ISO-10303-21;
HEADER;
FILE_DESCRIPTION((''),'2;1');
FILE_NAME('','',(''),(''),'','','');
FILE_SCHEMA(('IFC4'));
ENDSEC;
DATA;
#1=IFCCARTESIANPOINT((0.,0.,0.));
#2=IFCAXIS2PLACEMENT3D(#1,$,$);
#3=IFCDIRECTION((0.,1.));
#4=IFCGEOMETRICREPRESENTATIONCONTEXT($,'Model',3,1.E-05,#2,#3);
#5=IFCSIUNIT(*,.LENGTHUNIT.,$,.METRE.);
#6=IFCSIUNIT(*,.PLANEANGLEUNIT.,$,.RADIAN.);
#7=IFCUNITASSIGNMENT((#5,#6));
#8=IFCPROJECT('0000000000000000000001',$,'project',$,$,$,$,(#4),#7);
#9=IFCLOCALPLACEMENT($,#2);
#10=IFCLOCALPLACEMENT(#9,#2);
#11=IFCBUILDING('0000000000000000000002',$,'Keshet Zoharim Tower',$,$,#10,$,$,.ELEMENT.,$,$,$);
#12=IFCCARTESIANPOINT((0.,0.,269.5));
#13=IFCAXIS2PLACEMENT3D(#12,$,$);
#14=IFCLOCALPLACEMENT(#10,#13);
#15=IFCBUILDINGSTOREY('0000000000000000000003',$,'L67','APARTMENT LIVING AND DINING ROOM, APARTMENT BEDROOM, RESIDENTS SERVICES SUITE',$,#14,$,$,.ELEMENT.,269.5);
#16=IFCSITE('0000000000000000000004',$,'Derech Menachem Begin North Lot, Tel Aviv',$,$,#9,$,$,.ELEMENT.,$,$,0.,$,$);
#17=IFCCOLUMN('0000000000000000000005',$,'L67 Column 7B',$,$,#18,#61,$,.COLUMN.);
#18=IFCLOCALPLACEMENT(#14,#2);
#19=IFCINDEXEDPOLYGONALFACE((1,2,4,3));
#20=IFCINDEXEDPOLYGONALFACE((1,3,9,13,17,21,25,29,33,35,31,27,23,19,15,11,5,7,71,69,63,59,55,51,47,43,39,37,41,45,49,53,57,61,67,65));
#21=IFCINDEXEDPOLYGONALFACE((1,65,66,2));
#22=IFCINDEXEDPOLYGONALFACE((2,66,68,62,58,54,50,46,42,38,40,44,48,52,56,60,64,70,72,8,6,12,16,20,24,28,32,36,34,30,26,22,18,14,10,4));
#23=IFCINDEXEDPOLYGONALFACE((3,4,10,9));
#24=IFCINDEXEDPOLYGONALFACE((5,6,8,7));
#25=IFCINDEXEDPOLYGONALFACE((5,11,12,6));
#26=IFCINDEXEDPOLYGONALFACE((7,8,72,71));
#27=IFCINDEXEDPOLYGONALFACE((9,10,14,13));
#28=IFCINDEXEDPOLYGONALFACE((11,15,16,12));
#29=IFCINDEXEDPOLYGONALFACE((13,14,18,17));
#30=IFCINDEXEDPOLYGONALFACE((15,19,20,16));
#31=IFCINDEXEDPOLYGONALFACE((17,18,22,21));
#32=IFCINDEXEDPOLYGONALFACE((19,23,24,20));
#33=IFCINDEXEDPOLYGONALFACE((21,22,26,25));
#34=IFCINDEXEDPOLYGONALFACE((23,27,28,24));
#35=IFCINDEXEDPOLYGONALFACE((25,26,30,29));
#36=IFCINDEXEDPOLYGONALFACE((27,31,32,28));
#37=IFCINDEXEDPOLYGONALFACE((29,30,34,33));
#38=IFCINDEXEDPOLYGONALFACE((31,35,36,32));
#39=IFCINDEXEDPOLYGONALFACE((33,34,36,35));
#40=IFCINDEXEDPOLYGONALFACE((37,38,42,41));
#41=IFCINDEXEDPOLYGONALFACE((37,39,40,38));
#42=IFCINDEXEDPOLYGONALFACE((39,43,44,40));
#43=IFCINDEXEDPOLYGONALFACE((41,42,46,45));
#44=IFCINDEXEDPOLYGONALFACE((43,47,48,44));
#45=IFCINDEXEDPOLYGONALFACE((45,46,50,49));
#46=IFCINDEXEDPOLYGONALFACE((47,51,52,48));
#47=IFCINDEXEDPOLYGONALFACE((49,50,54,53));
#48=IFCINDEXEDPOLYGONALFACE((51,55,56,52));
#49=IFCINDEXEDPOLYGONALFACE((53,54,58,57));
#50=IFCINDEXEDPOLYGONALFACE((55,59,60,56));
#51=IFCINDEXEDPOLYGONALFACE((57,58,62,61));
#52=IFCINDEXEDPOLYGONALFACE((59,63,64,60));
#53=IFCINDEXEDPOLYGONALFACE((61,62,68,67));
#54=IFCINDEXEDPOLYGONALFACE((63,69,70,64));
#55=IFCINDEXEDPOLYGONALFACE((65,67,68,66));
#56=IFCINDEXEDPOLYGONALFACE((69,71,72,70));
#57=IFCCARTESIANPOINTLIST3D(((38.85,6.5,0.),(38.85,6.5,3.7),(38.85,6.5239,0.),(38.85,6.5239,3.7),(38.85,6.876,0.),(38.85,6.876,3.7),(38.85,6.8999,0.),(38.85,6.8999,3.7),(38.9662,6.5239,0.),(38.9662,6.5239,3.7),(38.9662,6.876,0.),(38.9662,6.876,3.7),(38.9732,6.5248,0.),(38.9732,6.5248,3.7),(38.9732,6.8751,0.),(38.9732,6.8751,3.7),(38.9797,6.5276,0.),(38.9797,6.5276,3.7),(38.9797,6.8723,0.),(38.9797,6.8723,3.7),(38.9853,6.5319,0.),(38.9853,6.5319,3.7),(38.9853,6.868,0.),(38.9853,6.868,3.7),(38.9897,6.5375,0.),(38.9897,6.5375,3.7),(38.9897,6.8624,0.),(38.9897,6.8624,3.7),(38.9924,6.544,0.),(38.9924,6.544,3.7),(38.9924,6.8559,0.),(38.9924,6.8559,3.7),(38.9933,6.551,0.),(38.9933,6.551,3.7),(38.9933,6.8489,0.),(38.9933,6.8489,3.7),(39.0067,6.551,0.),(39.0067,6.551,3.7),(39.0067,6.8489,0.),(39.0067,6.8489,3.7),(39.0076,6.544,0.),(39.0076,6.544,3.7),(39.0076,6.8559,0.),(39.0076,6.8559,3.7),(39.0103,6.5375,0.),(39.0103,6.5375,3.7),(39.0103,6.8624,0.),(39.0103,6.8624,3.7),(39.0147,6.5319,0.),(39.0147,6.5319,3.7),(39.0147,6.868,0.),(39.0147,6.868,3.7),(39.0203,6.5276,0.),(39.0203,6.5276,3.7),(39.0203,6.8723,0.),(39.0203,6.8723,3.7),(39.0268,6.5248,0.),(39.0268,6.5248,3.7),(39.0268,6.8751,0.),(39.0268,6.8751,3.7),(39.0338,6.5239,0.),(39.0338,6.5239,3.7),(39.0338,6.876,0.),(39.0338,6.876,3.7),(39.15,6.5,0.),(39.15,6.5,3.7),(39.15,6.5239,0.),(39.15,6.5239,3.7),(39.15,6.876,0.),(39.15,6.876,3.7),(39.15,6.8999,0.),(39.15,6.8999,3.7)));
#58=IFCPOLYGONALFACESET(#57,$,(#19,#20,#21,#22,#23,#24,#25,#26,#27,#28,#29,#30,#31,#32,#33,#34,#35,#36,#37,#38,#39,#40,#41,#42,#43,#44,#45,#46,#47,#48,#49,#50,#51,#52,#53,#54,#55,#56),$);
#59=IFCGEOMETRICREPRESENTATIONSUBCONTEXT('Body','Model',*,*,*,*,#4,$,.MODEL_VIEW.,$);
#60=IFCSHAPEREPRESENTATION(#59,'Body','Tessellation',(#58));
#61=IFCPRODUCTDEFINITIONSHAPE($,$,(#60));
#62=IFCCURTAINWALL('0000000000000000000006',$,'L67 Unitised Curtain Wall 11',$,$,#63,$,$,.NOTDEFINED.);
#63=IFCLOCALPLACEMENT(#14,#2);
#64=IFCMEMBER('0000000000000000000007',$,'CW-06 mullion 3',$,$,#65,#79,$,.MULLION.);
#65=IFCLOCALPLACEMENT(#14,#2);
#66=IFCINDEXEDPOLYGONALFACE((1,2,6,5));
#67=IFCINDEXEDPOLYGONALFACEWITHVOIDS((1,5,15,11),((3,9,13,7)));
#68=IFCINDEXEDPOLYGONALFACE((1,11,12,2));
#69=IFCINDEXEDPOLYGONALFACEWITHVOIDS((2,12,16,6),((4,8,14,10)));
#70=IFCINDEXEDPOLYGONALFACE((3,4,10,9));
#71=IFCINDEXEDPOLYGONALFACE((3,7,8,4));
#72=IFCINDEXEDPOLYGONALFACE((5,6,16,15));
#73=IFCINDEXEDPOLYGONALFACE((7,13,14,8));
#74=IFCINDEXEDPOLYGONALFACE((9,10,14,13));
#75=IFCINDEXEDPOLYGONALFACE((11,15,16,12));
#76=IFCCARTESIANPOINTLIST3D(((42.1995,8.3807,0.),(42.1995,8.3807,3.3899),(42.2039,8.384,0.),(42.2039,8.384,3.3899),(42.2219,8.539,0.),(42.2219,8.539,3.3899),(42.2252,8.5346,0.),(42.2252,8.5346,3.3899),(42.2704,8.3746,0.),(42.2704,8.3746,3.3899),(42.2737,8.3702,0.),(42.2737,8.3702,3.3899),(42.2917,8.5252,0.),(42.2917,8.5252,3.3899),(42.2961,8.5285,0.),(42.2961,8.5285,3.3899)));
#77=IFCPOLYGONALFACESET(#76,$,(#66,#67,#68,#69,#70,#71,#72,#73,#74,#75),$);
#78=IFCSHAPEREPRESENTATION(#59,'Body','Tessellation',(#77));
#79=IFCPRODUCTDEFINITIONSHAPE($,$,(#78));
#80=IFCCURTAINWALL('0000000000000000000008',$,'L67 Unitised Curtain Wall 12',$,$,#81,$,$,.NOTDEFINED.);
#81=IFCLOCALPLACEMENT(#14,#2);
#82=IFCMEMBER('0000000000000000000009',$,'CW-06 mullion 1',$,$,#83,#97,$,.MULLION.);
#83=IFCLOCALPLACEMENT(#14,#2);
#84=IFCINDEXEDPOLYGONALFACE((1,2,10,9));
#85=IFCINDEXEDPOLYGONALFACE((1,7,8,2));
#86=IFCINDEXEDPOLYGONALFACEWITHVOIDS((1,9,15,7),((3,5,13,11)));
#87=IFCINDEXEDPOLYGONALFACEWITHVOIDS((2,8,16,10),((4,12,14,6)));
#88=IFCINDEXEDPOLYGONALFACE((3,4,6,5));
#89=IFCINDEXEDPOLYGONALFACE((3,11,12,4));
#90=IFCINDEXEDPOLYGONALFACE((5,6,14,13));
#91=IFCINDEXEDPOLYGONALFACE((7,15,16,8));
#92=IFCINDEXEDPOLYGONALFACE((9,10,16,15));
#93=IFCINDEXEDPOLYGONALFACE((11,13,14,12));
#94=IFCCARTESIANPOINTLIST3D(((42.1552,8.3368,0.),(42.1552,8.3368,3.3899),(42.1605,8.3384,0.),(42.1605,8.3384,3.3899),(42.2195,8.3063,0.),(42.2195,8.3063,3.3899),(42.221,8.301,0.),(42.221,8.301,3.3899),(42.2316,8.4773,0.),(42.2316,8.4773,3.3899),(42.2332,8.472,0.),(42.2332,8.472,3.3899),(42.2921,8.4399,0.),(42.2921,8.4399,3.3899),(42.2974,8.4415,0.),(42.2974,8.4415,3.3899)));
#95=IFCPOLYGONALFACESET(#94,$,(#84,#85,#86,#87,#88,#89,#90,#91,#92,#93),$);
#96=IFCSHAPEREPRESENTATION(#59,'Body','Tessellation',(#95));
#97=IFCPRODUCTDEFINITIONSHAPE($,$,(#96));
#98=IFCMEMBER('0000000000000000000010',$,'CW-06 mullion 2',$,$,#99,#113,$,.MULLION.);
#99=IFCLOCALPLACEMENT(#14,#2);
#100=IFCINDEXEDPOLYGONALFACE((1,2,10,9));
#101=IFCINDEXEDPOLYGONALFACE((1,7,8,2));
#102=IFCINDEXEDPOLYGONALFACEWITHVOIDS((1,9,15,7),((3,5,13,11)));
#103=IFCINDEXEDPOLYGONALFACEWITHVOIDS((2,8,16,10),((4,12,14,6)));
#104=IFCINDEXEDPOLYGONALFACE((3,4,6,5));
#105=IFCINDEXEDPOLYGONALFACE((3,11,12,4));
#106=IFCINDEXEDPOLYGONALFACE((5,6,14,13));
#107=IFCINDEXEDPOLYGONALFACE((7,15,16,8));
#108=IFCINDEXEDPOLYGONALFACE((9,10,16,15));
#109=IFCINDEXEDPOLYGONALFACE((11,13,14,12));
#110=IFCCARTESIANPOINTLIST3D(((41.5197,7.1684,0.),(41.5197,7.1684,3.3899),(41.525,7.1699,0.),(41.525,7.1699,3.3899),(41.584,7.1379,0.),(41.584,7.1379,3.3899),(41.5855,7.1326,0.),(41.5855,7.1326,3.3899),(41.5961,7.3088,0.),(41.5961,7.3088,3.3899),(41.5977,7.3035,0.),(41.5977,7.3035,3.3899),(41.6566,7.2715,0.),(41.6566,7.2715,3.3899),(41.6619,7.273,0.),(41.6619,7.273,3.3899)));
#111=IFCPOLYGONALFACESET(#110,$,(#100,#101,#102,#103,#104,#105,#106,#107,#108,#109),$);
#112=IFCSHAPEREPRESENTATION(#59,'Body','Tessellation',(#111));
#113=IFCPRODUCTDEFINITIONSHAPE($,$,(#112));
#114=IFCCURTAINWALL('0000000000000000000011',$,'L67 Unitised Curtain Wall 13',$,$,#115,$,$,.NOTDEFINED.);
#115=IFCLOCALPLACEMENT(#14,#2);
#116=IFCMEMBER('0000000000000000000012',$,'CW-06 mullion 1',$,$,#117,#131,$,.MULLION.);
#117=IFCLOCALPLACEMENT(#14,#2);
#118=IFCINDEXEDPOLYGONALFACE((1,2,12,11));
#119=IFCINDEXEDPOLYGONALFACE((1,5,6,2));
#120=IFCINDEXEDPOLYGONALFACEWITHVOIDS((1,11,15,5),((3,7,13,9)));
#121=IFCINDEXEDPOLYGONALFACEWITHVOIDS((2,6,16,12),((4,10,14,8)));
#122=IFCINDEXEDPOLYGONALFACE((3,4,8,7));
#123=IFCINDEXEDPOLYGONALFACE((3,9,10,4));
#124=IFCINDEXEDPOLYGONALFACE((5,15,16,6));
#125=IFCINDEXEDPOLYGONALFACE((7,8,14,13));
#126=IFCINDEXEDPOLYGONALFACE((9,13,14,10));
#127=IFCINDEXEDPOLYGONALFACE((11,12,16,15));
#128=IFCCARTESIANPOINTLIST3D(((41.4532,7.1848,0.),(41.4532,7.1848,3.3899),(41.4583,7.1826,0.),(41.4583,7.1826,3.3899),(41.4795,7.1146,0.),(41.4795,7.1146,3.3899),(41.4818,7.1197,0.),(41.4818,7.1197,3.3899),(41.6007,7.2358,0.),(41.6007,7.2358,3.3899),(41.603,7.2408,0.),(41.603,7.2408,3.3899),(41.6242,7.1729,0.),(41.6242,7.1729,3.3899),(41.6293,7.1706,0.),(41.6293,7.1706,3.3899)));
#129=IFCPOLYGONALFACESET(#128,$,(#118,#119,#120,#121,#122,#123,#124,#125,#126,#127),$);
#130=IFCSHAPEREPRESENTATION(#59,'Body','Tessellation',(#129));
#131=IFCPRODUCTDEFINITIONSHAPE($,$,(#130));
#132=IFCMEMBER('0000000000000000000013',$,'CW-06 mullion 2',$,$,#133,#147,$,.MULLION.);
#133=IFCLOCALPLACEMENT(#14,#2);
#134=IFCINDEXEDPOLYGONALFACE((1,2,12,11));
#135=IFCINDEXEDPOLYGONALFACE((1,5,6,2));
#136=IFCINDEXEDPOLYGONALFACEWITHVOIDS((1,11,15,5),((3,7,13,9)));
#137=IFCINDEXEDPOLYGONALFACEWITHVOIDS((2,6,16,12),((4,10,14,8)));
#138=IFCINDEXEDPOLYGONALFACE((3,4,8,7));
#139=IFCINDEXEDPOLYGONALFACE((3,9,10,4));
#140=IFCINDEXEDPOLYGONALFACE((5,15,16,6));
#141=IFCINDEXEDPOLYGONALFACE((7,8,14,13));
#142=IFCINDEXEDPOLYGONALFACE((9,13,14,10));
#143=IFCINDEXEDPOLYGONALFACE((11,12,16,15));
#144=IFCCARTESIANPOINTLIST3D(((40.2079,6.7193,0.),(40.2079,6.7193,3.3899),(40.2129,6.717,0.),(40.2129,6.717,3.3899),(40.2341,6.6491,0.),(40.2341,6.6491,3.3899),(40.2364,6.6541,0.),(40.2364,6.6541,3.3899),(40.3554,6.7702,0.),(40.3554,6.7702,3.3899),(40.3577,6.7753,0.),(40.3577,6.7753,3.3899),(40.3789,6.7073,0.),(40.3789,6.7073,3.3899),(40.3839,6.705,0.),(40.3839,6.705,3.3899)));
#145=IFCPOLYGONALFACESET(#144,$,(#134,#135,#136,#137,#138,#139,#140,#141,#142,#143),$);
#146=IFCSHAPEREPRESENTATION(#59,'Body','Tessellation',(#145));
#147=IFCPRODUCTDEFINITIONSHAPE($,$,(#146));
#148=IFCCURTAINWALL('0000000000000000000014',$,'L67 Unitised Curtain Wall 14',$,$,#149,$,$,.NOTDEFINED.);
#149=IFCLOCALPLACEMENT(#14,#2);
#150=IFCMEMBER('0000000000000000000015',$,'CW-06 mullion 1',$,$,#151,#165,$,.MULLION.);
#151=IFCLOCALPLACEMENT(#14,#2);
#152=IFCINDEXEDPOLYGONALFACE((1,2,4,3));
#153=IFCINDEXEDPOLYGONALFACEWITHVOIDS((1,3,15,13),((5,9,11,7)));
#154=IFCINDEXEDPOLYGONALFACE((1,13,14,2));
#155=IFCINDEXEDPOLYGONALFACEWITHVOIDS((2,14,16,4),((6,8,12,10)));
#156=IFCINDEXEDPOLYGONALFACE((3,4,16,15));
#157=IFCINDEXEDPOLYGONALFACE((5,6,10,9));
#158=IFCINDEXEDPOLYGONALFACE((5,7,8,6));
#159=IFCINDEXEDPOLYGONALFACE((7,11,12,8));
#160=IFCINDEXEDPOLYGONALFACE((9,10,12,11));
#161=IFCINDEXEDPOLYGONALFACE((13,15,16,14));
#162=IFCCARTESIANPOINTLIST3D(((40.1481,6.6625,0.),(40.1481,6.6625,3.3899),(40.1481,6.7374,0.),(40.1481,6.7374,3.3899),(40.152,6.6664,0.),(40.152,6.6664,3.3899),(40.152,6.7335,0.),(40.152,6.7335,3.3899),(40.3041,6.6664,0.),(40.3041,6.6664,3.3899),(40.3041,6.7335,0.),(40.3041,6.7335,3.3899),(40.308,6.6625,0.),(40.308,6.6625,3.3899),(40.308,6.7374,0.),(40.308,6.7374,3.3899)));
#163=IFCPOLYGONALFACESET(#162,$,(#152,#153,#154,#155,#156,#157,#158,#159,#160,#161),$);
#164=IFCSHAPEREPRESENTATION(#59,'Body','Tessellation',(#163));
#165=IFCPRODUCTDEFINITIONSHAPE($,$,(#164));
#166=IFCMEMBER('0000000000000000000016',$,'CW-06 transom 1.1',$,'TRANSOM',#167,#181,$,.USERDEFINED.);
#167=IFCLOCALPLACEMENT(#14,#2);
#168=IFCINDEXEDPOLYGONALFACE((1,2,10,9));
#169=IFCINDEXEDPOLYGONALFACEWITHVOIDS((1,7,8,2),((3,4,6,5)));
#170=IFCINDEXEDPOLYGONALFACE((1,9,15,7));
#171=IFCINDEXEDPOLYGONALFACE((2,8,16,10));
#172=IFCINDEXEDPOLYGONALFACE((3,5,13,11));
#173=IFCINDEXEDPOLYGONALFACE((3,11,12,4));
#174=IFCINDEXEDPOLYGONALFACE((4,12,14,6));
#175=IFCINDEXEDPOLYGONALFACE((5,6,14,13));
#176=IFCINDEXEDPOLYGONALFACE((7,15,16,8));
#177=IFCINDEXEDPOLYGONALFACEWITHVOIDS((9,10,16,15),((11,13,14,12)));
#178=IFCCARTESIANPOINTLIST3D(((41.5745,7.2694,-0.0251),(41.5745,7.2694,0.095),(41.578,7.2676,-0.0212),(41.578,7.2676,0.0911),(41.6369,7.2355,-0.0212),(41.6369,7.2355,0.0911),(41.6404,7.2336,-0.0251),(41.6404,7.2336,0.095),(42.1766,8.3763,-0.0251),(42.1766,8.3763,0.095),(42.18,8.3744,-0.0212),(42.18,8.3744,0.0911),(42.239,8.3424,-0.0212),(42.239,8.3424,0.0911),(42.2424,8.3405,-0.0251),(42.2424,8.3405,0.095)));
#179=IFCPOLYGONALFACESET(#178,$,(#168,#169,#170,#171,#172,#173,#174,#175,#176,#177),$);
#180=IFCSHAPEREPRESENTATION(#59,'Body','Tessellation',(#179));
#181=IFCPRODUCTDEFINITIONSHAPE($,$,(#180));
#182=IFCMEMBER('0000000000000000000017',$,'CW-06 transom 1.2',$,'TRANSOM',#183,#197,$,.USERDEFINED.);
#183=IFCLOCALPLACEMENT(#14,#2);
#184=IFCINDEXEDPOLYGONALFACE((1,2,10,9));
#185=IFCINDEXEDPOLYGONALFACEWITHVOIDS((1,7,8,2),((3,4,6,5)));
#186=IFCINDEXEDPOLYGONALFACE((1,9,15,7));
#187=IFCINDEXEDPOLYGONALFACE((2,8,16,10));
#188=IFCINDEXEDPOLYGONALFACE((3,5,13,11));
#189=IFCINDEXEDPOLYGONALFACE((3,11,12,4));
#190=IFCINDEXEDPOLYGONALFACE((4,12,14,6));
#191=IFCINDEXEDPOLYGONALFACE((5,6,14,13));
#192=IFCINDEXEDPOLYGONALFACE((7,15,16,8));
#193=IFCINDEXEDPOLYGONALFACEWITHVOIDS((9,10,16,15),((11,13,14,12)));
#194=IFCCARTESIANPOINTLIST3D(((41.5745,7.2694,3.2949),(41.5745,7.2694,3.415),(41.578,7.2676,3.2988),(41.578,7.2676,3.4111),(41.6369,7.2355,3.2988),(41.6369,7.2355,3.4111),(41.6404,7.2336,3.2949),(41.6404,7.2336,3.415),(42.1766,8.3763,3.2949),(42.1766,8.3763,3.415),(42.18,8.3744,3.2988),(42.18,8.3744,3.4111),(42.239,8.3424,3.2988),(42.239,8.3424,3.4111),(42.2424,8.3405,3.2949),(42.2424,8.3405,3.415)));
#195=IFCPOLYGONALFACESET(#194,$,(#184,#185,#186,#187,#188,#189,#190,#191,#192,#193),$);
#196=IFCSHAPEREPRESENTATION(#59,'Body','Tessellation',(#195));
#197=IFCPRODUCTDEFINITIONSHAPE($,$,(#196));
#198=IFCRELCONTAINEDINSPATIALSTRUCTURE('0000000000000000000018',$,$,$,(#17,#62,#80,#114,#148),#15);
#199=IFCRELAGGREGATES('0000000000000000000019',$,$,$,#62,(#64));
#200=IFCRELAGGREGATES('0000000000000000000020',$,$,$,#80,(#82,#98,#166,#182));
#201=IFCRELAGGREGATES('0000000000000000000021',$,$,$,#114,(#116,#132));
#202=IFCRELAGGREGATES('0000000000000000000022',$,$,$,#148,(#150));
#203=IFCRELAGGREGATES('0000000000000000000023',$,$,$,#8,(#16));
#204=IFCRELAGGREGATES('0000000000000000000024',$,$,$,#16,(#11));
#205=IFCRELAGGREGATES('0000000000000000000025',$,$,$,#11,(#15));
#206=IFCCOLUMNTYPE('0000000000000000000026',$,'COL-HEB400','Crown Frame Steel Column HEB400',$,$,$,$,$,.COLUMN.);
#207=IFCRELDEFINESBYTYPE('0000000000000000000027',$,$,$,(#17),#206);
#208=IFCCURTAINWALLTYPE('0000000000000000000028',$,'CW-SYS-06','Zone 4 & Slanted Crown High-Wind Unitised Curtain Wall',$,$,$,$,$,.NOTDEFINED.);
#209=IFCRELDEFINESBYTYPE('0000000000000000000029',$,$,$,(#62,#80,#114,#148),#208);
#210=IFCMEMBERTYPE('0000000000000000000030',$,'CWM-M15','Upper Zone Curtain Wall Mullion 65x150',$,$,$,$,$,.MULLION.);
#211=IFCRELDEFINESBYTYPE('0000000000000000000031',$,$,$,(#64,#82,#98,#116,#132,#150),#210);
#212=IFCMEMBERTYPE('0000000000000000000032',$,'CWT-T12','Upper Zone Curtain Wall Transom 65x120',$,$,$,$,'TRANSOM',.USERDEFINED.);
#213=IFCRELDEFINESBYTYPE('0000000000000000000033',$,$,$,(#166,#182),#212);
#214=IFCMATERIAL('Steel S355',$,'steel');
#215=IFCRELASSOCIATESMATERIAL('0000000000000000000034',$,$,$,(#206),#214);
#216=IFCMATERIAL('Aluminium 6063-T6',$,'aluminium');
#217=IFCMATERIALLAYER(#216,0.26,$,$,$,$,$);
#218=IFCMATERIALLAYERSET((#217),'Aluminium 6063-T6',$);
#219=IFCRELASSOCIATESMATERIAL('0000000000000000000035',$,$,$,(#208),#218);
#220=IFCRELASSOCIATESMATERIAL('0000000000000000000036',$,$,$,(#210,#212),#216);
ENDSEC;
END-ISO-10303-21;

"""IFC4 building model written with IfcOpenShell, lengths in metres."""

from ifc_helpers import new_model, si_unit, direction, frame, origin, origin_2d, place, context, subcontext, project, spatial, hollow_rectangle, i_section, extrude, material, layer, layer_set, material_profile, profile_set, type_object, element, aggregate, save


model = new_model("IFC4")

# Units and contexts
model_context = context("Model", 3, precision=1e-05, world=origin(), true_north=direction((0.0, 1.0)))
body_context = subcontext(model_context, "Body", "Model", "MODEL_VIEW")
ifc_project = project(units=[si_unit("LENGTHUNIT", "METRE"), si_unit("PLANEANGLEUNIT", "RADIAN")], contexts=[model_context])

# Site, building, storey
site_placement = place(None, origin())
site = spatial("IfcSite", under=ifc_project, at=site_placement, Name="Derech Menachem Begin North Lot, Tel Aviv", CompositionType="ELEMENT", RefElevation=0.0)
building_placement = place(site_placement, origin())
building = spatial("IfcBuilding", under=site, at=building_placement, Name="Keshet Zoharim Tower", CompositionType="ELEMENT")
storey_placement = place(building_placement, frame((0.0, 0.0, 269.5)))
storey = spatial("IfcBuildingStorey", under=building, at=storey_placement, Name="L67", Description="APARTMENT LIVING AND DINING ROOM, APARTMENT BEDROOM, RESIDENTS SERVICES SUITE", CompositionType="ELEMENT", Elevation=269.5)

# Column
ifc_material_1 = material(Name="Steel S355", Category="steel")
ifc_material_profile_1 = material_profile(ifc_material_1, i_section(OverallWidth=0.3, OverallDepth=0.3999, WebThickness=0.0134, FlangeThickness=0.0239, FilletRadius=0.0271, at=origin_2d()), Name="HEB400")
ifc_profile_set_1 = profile_set([ifc_material_profile_1], Name="Steel S355")
column_type = type_object("IfcColumnType", Name="COL-HEB400", Description="Crown Frame Steel Column HEB400", PredefinedType="COLUMN", material=ifc_profile_set_1)
column_placement = place(storey_placement, frame((39.0, 6.7, 0.0), z_axis=(0.0, 0.0, 1.0), x_axis=(1.0, 0.0, 0.0)))
element("IfcColumn", 1, at=column_placement, inside=storey, type_object=column_type, Name="L67 Column 7B", PredefinedType="COLUMN", context=body_context, shape_type="SweptSolid", body=[
    extrude(i_section(OverallWidth=0.3, OverallDepth=0.3999, WebThickness=0.0134, FlangeThickness=0.0239, FilletRadius=0.0271, at=origin_2d()), origin(), (0.0, 0.0, 1.0), 3.7),
])

# Curtain wall, member
ifc_material_2 = material(Name="Aluminium 6063-T6", Category="aluminium")
ifc_layer_1 = layer(ifc_material_2, 0.26)
ifc_layer_set_1 = layer_set([ifc_layer_1], Name="Aluminium 6063-T6")
curtain_wall_type = type_object("IfcCurtainWallType", Name="CW-SYS-06", Description="Zone 4 & Slanted Crown High-Wind Unitised Curtain Wall", PredefinedType="NOTDEFINED", material=ifc_layer_set_1)
curtain_wall_1_placement = place(storey_placement, origin())
curtain_wall_1 = element("IfcCurtainWall", 2, at=curtain_wall_1_placement, inside=storey, type_object=curtain_wall_type, Name="L67 Unitised Curtain Wall 11", PredefinedType="NOTDEFINED")
ifc_material_profile_2 = material_profile(ifc_material_2, hollow_rectangle(XDim=0.075, YDim=0.1599, WallThickness=0.0039, at=origin_2d()), Name="MUL-75x160")
ifc_profile_set_2 = profile_set([ifc_material_profile_2], Name="Aluminium 6063-T6")
member_type_1 = type_object("IfcMemberType", Name="CWM-M15", Description="Upper Zone Curtain Wall Mullion 65x150", PredefinedType="MULLION", material=ifc_profile_set_2)
member_1_placement = place(storey_placement, frame((42.2478, 8.4546, 0.0), z_axis=(0.0, 0.0, 1.0), x_axis=(0.990132, -0.140137, 0.0)))
member_1 = element("IfcMember", 3, at=member_1_placement, type_object=member_type_1, Name="CW-06 mullion 3", PredefinedType="MULLION", context=body_context, shape_type="SweptSolid", body=[
    extrude(hollow_rectangle(XDim=0.075, YDim=0.1599, WallThickness=0.0039, at=origin_2d()), origin(), (0.0, 0.0, 1.0), 3.3899),
])

# Curtain walls, members
curtain_wall_2_placement = place(storey_placement, origin())
curtain_wall_2 = element("IfcCurtainWall", 4, at=curtain_wall_2_placement, inside=storey, type_object=curtain_wall_type, Name="L67 Unitised Curtain Wall 12", PredefinedType="NOTDEFINED")
member_2_placement = place(storey_placement, frame((42.2263, 8.3892, 0.0), z_axis=(0.0, 0.0, 1.0), x_axis=(0.878468, -0.477801, 0.0)))
member_2 = element("IfcMember", 5, at=member_2_placement, type_object=member_type_1, Name="CW-06 mullion 1", PredefinedType="MULLION", context=body_context, shape_type="SweptSolid", body=[
    extrude(hollow_rectangle(XDim=0.075, YDim=0.1599, WallThickness=0.0039, at=origin_2d()), origin(), (0.0, 0.0, 1.0), 3.3899),
])
member_3_placement = place(storey_placement, frame((41.5908, 7.2207, 0.0), z_axis=(0.0, 0.0, 1.0), x_axis=(0.878468, -0.477801, 0.0)))
member_3 = element("IfcMember", 6, at=member_3_placement, type_object=member_type_1, Name="CW-06 mullion 2", PredefinedType="MULLION", context=body_context, shape_type="SweptSolid", body=[
    extrude(hollow_rectangle(XDim=0.075, YDim=0.1599, WallThickness=0.0039, at=origin_2d()), origin(), (0.0, 0.0, 1.0), 3.3899),
])
curtain_wall_3_placement = place(storey_placement, origin())
curtain_wall_3 = element("IfcCurtainWall", 7, at=curtain_wall_3_placement, inside=storey, type_object=curtain_wall_type, Name="L67 Unitised Curtain Wall 13", PredefinedType="NOTDEFINED")
member_4_placement = place(storey_placement, frame((41.5413, 7.1777, 0.0), z_axis=(0.0, 0.0, 1.0), x_axis=(0.350105, -0.93671, 0.0)))
member_4 = element("IfcMember", 8, at=member_4_placement, type_object=member_type_1, Name="CW-06 mullion 1", PredefinedType="MULLION", context=body_context, shape_type="SweptSolid", body=[
    extrude(hollow_rectangle(XDim=0.075, YDim=0.1599, WallThickness=0.0039, at=origin_2d()), origin(), (0.0, 0.0, 1.0), 3.3899),
])
member_5_placement = place(storey_placement, frame((40.2959, 6.7122, 0.0), z_axis=(0.0, 0.0, 1.0), x_axis=(0.350105, -0.93671, 0.0)))
member_5 = element("IfcMember", 9, at=member_5_placement, type_object=member_type_1, Name="CW-06 mullion 2", PredefinedType="MULLION", context=body_context, shape_type="SweptSolid", body=[
    extrude(hollow_rectangle(XDim=0.075, YDim=0.1599, WallThickness=0.0039, at=origin_2d()), origin(), (0.0, 0.0, 1.0), 3.3899),
])

# Curtain wall, member
curtain_wall_4_placement = place(storey_placement, origin())
curtain_wall_4 = element("IfcCurtainWall", 10, at=curtain_wall_4_placement, inside=storey, type_object=curtain_wall_type, Name="L67 Unitised Curtain Wall 14", PredefinedType="NOTDEFINED")
member_6_placement = place(storey_placement, frame((40.228, 6.7, 0.0), z_axis=(0.0, 0.0, 1.0), x_axis=(0.0, -1.0, 0.0)))
member_6 = element("IfcMember", 11, at=member_6_placement, type_object=member_type_1, Name="CW-06 mullion 1", PredefinedType="MULLION", context=body_context, shape_type="SweptSolid", body=[
    extrude(hollow_rectangle(XDim=0.075, YDim=0.1599, WallThickness=0.0039, at=origin_2d()), origin(), (0.0, 0.0, 1.0), 3.3899),
])

# Members
ifc_material_profile_3 = material_profile(ifc_material_2, hollow_rectangle(XDim=0.075, YDim=0.1201, WallThickness=0.0039, at=origin_2d()), Name="TRN-75x120")
ifc_profile_set_3 = profile_set([ifc_material_profile_3], Name="Aluminium 6063-T6")
member_type_2 = type_object("IfcMemberType", Name="CWT-T12", Description="Upper Zone Curtain Wall Transom 65x120", ElementType="TRANSOM", PredefinedType="USERDEFINED", material=ifc_profile_set_3)
member_7_placement = place(storey_placement, frame((42.2095, 8.3584, 0.0349), z_axis=(-0.477793, -0.878472, 0.0), x_axis=(0.878472, -0.477793, 0.0)))
member_7 = element("IfcMember", 12, at=member_7_placement, type_object=member_type_2, Name="CW-06 transom 1.1", ObjectType="TRANSOM", PredefinedType="USERDEFINED", context=body_context, shape_type="SweptSolid", body=[
    extrude(hollow_rectangle(XDim=0.075, YDim=0.1201, WallThickness=0.0039, at=origin_2d()), origin(), (0.0, 0.0, 1.0), 1.26),
])
member_8_placement = place(storey_placement, frame((42.2095, 8.3584, 3.355), z_axis=(-0.477793, -0.878472, 0.0), x_axis=(0.878472, -0.477793, 0.0)))
member_8 = element("IfcMember", 13, at=member_8_placement, type_object=member_type_2, Name="CW-06 transom 1.2", ObjectType="TRANSOM", PredefinedType="USERDEFINED", context=body_context, shape_type="SweptSolid", body=[
    extrude(hollow_rectangle(XDim=0.075, YDim=0.1201, WallThickness=0.0039, at=origin_2d()), origin(), (0.0, 0.0, 1.0), 1.26),
])

aggregate(curtain_wall_1, [member_1])
aggregate(curtain_wall_2, [member_2, member_3, member_7, member_8])
aggregate(curtain_wall_3, [member_4, member_5])
aggregate(curtain_wall_4, [member_6])

save(model, "model.ifc")
